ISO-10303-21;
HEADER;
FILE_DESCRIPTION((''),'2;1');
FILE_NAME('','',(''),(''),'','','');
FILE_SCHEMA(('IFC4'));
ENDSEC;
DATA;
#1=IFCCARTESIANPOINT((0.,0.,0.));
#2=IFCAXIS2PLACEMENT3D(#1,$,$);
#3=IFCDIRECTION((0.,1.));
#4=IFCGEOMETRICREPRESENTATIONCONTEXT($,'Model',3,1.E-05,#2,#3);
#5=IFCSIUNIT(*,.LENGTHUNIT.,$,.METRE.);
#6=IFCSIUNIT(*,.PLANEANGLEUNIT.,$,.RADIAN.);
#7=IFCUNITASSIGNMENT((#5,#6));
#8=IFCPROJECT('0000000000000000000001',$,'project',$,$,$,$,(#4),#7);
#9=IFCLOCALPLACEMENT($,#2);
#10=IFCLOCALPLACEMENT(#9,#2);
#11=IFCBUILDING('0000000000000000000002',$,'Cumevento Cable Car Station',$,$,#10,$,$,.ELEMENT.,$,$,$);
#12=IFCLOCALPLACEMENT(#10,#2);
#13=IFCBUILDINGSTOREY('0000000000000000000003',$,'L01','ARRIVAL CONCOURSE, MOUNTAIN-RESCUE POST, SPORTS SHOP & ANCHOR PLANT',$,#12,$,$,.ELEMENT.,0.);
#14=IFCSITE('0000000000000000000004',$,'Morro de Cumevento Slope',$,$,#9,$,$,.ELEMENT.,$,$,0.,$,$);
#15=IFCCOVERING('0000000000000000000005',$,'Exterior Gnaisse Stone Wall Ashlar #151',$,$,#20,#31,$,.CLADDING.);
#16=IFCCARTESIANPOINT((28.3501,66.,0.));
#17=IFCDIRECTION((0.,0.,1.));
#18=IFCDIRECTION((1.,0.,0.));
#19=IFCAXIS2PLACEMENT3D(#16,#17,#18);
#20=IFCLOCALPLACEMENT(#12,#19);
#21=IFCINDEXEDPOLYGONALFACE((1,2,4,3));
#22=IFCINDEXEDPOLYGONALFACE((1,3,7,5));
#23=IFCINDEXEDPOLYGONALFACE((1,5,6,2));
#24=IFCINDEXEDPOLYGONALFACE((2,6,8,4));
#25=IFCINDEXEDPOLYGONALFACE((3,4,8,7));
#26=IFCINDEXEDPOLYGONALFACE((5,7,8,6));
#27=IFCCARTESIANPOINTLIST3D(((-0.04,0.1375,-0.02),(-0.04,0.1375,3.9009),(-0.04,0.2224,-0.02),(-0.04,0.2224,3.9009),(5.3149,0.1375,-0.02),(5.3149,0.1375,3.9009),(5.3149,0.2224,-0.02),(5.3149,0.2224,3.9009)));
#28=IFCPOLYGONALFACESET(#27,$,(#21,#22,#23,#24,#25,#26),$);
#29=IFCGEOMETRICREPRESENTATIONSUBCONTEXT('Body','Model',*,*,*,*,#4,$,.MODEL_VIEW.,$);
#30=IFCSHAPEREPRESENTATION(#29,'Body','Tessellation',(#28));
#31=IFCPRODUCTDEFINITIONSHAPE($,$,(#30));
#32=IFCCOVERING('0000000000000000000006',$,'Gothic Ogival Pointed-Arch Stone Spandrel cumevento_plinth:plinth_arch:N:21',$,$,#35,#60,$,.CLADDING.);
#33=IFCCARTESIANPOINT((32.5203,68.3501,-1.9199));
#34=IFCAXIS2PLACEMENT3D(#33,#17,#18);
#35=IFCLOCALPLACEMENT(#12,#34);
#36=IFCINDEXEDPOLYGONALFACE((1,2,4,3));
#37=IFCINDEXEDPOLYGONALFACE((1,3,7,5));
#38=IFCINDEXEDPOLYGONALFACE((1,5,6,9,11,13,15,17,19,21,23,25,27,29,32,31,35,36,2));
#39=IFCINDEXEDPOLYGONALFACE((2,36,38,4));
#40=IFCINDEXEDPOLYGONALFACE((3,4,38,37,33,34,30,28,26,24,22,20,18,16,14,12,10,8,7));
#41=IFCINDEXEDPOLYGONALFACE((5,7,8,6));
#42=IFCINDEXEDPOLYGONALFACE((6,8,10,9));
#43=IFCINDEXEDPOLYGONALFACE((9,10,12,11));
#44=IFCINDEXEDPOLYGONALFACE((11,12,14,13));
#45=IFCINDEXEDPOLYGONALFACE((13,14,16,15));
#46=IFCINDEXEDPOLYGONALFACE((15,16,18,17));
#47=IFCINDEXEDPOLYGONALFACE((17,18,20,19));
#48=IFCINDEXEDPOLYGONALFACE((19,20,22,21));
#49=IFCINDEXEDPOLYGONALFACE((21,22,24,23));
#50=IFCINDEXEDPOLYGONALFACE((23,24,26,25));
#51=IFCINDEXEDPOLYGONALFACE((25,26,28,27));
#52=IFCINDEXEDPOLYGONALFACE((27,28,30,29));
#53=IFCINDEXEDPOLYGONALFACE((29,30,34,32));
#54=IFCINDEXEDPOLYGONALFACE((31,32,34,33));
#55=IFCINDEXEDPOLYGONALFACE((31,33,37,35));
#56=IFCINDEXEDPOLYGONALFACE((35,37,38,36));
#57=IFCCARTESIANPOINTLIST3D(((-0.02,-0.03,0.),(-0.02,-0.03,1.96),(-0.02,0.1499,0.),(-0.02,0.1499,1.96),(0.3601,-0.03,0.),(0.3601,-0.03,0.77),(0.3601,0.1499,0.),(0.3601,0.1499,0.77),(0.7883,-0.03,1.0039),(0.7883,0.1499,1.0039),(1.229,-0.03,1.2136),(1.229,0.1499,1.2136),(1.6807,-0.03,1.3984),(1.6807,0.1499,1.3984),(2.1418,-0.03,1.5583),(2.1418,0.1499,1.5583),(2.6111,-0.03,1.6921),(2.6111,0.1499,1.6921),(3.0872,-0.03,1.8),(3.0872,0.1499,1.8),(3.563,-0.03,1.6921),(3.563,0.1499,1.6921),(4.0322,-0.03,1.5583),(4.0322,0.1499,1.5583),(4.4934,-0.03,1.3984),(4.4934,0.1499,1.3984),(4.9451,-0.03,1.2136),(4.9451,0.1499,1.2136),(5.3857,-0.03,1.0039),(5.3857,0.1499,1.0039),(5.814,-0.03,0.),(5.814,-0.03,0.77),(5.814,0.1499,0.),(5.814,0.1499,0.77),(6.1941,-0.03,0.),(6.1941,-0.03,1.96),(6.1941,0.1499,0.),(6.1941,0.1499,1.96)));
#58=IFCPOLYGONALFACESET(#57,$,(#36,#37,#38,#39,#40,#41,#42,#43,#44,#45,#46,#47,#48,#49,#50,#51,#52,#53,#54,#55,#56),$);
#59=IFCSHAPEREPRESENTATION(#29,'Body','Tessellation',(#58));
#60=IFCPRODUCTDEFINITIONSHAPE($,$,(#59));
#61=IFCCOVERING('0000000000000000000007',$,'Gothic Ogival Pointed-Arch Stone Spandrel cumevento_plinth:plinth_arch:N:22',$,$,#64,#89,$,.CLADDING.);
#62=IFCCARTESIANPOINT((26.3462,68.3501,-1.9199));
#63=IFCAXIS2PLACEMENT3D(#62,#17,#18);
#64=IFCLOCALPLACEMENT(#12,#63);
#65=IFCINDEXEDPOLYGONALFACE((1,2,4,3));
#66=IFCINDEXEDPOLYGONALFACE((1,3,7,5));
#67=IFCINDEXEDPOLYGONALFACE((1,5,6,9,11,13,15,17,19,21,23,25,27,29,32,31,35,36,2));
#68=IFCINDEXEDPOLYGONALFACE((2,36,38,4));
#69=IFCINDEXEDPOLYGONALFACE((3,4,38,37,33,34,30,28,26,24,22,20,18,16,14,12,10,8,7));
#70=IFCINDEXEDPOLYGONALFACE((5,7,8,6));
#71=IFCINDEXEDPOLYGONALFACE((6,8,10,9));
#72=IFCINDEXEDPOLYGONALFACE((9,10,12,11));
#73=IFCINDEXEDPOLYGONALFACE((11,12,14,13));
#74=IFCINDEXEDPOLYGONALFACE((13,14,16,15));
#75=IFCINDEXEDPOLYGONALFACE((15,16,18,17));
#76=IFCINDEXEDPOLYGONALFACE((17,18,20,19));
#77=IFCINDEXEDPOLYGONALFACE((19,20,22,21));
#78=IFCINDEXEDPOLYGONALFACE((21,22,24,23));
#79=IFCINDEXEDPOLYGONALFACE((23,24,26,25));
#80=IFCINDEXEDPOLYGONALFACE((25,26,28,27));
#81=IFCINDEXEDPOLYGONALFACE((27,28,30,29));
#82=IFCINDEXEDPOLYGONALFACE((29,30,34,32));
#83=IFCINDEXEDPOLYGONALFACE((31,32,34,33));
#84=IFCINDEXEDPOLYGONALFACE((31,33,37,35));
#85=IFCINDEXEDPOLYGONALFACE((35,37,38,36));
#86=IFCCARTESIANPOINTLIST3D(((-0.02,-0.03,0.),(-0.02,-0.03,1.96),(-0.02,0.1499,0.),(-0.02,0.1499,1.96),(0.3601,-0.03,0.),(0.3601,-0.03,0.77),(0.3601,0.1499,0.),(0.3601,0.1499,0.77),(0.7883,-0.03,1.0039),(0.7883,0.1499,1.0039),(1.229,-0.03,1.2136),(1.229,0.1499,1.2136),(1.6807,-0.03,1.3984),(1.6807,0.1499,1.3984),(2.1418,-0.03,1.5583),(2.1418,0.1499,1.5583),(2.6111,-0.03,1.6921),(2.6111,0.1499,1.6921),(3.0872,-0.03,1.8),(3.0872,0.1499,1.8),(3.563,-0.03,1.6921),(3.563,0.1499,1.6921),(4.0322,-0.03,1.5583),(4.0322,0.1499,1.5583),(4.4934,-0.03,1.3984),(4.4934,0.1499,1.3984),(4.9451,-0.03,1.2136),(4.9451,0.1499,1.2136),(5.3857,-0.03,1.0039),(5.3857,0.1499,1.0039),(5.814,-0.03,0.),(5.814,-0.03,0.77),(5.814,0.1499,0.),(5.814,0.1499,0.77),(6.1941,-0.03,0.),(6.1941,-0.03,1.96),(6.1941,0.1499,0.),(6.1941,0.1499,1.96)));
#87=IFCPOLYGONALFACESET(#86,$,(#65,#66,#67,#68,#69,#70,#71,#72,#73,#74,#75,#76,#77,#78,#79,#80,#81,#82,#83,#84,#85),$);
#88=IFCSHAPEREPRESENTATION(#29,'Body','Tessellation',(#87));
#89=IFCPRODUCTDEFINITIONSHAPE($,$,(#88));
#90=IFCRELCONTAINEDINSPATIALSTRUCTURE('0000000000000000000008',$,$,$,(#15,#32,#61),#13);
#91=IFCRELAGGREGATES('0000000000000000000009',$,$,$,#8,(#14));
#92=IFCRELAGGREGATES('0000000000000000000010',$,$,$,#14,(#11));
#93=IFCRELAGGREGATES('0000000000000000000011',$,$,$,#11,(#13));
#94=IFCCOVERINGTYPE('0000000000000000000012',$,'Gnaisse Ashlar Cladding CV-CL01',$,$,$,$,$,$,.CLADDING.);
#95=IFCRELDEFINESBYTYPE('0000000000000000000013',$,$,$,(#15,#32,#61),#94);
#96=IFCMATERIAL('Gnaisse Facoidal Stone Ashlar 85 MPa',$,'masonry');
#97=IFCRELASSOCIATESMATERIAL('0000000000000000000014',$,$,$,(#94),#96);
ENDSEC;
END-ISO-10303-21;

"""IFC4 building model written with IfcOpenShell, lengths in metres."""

from ifc_helpers import new_model, si_unit, direction, frame, origin, place, context, subcontext, project, spatial, polyline, outline, extrude, material, type_object, element, save


model = new_model("IFC4")

# Units and contexts
model_context = context("Model", 3, precision=1e-05, world=origin(), true_north=direction((0.0, 1.0)))
body_context = subcontext(model_context, "Body", "Model", "MODEL_VIEW")
ifc_project = project(units=[si_unit("LENGTHUNIT", "METRE"), si_unit("PLANEANGLEUNIT", "RADIAN")], contexts=[model_context])

# Site, building, storey
site_placement = place(None, origin())
site = spatial("IfcSite", under=ifc_project, at=site_placement, Name="Morro de Cumevento Slope", CompositionType="ELEMENT", RefElevation=0.0)
building_placement = place(site_placement, origin())
building = spatial("IfcBuilding", under=site, at=building_placement, Name="Cumevento Cable Car Station", CompositionType="ELEMENT")
storey_placement = place(building_placement, origin())
storey = spatial("IfcBuildingStorey", under=building, at=storey_placement, Name="L01", Description="ARRIVAL CONCOURSE, MOUNTAIN-RESCUE POST, SPORTS SHOP & ANCHOR PLANT", CompositionType="ELEMENT", Elevation=0.0)

# Coverings
ifc_material_1 = material(Name="Gnaisse Facoidal Stone Ashlar 85 MPa", Category="masonry")
covering_type = type_object("IfcCoveringType", Name="Gnaisse Ashlar Cladding CV-CL01", PredefinedType="CLADDING", material=ifc_material_1)
covering_1_placement = place(storey_placement, frame((28.3501, 66.0, 0.0), z_axis=(0.0, 0.0, 1.0), x_axis=(1.0, 0.0, 0.0)))
element("IfcCovering", 1, at=covering_1_placement, inside=storey, type_object=covering_type, Name="Exterior Gnaisse Stone Wall Ashlar #151", PredefinedType="CLADDING", context=body_context, shape_type="SweptSolid", body=[
    extrude(outline(polyline([(-0.04, -0.02), (5.3149, -0.02), (5.3149, 3.9009), (-0.04, 3.9009), (-0.04, -0.02)])), frame((0.0, 0.2224, 0.0), z_axis=(0.0, -1.0, 0.0), x_axis=(1.0, 0.0, 0.0)), (0.0, 0.0, 1.0), 0.085),
])
for number, where, z_axis, x_axis, name in (
    (2, (32.5203, 68.3501, -1.9199), (0.0, 0.0, 1.0), (1.0, 0.0, 0.0), "Gothic Ogival Pointed-Arch Stone Spandrel cumevento_plinth:plinth_arch:N:21"),
    (3, (26.3462, 68.3501, -1.9199), (0.0, 0.0, 1.0), (1.0, 0.0, 0.0), "Gothic Ogival Pointed-Arch Stone Spandrel cumevento_plinth:plinth_arch:N:22"),
):
    element("IfcCovering", number, at=place(storey_placement, frame(where, z_axis=z_axis, x_axis=x_axis)), inside=storey, type_object=covering_type, Name=name, PredefinedType="CLADDING", context=body_context, shape_type="SweptSolid", body=[
        extrude(outline(polyline([(-0.02, 0.0), (-0.02, 1.96), (6.1941, 1.96), (6.1941, 0.0), (5.814, 0.0), (5.814, 0.77), (5.3857, 1.0039), (4.9451, 1.2136), (4.4934, 1.3984), (4.0322, 1.5583), (3.563, 1.6921), (3.0872, 1.8), (2.6111, 1.6921), (2.1418, 1.5583), (1.6807, 1.3984), (1.229, 1.2136), (0.7883, 1.0039), (0.3601, 0.77), (0.3601, 0.0), (-0.02, 0.0)])), frame((0.0, 0.1499, 0.0), z_axis=(0.0, -1.0, 0.0), x_axis=(1.0, 0.0, 0.0)), (0.0, 0.0, 1.0), 0.1799),
    ])

save(model, "model.ifc")
